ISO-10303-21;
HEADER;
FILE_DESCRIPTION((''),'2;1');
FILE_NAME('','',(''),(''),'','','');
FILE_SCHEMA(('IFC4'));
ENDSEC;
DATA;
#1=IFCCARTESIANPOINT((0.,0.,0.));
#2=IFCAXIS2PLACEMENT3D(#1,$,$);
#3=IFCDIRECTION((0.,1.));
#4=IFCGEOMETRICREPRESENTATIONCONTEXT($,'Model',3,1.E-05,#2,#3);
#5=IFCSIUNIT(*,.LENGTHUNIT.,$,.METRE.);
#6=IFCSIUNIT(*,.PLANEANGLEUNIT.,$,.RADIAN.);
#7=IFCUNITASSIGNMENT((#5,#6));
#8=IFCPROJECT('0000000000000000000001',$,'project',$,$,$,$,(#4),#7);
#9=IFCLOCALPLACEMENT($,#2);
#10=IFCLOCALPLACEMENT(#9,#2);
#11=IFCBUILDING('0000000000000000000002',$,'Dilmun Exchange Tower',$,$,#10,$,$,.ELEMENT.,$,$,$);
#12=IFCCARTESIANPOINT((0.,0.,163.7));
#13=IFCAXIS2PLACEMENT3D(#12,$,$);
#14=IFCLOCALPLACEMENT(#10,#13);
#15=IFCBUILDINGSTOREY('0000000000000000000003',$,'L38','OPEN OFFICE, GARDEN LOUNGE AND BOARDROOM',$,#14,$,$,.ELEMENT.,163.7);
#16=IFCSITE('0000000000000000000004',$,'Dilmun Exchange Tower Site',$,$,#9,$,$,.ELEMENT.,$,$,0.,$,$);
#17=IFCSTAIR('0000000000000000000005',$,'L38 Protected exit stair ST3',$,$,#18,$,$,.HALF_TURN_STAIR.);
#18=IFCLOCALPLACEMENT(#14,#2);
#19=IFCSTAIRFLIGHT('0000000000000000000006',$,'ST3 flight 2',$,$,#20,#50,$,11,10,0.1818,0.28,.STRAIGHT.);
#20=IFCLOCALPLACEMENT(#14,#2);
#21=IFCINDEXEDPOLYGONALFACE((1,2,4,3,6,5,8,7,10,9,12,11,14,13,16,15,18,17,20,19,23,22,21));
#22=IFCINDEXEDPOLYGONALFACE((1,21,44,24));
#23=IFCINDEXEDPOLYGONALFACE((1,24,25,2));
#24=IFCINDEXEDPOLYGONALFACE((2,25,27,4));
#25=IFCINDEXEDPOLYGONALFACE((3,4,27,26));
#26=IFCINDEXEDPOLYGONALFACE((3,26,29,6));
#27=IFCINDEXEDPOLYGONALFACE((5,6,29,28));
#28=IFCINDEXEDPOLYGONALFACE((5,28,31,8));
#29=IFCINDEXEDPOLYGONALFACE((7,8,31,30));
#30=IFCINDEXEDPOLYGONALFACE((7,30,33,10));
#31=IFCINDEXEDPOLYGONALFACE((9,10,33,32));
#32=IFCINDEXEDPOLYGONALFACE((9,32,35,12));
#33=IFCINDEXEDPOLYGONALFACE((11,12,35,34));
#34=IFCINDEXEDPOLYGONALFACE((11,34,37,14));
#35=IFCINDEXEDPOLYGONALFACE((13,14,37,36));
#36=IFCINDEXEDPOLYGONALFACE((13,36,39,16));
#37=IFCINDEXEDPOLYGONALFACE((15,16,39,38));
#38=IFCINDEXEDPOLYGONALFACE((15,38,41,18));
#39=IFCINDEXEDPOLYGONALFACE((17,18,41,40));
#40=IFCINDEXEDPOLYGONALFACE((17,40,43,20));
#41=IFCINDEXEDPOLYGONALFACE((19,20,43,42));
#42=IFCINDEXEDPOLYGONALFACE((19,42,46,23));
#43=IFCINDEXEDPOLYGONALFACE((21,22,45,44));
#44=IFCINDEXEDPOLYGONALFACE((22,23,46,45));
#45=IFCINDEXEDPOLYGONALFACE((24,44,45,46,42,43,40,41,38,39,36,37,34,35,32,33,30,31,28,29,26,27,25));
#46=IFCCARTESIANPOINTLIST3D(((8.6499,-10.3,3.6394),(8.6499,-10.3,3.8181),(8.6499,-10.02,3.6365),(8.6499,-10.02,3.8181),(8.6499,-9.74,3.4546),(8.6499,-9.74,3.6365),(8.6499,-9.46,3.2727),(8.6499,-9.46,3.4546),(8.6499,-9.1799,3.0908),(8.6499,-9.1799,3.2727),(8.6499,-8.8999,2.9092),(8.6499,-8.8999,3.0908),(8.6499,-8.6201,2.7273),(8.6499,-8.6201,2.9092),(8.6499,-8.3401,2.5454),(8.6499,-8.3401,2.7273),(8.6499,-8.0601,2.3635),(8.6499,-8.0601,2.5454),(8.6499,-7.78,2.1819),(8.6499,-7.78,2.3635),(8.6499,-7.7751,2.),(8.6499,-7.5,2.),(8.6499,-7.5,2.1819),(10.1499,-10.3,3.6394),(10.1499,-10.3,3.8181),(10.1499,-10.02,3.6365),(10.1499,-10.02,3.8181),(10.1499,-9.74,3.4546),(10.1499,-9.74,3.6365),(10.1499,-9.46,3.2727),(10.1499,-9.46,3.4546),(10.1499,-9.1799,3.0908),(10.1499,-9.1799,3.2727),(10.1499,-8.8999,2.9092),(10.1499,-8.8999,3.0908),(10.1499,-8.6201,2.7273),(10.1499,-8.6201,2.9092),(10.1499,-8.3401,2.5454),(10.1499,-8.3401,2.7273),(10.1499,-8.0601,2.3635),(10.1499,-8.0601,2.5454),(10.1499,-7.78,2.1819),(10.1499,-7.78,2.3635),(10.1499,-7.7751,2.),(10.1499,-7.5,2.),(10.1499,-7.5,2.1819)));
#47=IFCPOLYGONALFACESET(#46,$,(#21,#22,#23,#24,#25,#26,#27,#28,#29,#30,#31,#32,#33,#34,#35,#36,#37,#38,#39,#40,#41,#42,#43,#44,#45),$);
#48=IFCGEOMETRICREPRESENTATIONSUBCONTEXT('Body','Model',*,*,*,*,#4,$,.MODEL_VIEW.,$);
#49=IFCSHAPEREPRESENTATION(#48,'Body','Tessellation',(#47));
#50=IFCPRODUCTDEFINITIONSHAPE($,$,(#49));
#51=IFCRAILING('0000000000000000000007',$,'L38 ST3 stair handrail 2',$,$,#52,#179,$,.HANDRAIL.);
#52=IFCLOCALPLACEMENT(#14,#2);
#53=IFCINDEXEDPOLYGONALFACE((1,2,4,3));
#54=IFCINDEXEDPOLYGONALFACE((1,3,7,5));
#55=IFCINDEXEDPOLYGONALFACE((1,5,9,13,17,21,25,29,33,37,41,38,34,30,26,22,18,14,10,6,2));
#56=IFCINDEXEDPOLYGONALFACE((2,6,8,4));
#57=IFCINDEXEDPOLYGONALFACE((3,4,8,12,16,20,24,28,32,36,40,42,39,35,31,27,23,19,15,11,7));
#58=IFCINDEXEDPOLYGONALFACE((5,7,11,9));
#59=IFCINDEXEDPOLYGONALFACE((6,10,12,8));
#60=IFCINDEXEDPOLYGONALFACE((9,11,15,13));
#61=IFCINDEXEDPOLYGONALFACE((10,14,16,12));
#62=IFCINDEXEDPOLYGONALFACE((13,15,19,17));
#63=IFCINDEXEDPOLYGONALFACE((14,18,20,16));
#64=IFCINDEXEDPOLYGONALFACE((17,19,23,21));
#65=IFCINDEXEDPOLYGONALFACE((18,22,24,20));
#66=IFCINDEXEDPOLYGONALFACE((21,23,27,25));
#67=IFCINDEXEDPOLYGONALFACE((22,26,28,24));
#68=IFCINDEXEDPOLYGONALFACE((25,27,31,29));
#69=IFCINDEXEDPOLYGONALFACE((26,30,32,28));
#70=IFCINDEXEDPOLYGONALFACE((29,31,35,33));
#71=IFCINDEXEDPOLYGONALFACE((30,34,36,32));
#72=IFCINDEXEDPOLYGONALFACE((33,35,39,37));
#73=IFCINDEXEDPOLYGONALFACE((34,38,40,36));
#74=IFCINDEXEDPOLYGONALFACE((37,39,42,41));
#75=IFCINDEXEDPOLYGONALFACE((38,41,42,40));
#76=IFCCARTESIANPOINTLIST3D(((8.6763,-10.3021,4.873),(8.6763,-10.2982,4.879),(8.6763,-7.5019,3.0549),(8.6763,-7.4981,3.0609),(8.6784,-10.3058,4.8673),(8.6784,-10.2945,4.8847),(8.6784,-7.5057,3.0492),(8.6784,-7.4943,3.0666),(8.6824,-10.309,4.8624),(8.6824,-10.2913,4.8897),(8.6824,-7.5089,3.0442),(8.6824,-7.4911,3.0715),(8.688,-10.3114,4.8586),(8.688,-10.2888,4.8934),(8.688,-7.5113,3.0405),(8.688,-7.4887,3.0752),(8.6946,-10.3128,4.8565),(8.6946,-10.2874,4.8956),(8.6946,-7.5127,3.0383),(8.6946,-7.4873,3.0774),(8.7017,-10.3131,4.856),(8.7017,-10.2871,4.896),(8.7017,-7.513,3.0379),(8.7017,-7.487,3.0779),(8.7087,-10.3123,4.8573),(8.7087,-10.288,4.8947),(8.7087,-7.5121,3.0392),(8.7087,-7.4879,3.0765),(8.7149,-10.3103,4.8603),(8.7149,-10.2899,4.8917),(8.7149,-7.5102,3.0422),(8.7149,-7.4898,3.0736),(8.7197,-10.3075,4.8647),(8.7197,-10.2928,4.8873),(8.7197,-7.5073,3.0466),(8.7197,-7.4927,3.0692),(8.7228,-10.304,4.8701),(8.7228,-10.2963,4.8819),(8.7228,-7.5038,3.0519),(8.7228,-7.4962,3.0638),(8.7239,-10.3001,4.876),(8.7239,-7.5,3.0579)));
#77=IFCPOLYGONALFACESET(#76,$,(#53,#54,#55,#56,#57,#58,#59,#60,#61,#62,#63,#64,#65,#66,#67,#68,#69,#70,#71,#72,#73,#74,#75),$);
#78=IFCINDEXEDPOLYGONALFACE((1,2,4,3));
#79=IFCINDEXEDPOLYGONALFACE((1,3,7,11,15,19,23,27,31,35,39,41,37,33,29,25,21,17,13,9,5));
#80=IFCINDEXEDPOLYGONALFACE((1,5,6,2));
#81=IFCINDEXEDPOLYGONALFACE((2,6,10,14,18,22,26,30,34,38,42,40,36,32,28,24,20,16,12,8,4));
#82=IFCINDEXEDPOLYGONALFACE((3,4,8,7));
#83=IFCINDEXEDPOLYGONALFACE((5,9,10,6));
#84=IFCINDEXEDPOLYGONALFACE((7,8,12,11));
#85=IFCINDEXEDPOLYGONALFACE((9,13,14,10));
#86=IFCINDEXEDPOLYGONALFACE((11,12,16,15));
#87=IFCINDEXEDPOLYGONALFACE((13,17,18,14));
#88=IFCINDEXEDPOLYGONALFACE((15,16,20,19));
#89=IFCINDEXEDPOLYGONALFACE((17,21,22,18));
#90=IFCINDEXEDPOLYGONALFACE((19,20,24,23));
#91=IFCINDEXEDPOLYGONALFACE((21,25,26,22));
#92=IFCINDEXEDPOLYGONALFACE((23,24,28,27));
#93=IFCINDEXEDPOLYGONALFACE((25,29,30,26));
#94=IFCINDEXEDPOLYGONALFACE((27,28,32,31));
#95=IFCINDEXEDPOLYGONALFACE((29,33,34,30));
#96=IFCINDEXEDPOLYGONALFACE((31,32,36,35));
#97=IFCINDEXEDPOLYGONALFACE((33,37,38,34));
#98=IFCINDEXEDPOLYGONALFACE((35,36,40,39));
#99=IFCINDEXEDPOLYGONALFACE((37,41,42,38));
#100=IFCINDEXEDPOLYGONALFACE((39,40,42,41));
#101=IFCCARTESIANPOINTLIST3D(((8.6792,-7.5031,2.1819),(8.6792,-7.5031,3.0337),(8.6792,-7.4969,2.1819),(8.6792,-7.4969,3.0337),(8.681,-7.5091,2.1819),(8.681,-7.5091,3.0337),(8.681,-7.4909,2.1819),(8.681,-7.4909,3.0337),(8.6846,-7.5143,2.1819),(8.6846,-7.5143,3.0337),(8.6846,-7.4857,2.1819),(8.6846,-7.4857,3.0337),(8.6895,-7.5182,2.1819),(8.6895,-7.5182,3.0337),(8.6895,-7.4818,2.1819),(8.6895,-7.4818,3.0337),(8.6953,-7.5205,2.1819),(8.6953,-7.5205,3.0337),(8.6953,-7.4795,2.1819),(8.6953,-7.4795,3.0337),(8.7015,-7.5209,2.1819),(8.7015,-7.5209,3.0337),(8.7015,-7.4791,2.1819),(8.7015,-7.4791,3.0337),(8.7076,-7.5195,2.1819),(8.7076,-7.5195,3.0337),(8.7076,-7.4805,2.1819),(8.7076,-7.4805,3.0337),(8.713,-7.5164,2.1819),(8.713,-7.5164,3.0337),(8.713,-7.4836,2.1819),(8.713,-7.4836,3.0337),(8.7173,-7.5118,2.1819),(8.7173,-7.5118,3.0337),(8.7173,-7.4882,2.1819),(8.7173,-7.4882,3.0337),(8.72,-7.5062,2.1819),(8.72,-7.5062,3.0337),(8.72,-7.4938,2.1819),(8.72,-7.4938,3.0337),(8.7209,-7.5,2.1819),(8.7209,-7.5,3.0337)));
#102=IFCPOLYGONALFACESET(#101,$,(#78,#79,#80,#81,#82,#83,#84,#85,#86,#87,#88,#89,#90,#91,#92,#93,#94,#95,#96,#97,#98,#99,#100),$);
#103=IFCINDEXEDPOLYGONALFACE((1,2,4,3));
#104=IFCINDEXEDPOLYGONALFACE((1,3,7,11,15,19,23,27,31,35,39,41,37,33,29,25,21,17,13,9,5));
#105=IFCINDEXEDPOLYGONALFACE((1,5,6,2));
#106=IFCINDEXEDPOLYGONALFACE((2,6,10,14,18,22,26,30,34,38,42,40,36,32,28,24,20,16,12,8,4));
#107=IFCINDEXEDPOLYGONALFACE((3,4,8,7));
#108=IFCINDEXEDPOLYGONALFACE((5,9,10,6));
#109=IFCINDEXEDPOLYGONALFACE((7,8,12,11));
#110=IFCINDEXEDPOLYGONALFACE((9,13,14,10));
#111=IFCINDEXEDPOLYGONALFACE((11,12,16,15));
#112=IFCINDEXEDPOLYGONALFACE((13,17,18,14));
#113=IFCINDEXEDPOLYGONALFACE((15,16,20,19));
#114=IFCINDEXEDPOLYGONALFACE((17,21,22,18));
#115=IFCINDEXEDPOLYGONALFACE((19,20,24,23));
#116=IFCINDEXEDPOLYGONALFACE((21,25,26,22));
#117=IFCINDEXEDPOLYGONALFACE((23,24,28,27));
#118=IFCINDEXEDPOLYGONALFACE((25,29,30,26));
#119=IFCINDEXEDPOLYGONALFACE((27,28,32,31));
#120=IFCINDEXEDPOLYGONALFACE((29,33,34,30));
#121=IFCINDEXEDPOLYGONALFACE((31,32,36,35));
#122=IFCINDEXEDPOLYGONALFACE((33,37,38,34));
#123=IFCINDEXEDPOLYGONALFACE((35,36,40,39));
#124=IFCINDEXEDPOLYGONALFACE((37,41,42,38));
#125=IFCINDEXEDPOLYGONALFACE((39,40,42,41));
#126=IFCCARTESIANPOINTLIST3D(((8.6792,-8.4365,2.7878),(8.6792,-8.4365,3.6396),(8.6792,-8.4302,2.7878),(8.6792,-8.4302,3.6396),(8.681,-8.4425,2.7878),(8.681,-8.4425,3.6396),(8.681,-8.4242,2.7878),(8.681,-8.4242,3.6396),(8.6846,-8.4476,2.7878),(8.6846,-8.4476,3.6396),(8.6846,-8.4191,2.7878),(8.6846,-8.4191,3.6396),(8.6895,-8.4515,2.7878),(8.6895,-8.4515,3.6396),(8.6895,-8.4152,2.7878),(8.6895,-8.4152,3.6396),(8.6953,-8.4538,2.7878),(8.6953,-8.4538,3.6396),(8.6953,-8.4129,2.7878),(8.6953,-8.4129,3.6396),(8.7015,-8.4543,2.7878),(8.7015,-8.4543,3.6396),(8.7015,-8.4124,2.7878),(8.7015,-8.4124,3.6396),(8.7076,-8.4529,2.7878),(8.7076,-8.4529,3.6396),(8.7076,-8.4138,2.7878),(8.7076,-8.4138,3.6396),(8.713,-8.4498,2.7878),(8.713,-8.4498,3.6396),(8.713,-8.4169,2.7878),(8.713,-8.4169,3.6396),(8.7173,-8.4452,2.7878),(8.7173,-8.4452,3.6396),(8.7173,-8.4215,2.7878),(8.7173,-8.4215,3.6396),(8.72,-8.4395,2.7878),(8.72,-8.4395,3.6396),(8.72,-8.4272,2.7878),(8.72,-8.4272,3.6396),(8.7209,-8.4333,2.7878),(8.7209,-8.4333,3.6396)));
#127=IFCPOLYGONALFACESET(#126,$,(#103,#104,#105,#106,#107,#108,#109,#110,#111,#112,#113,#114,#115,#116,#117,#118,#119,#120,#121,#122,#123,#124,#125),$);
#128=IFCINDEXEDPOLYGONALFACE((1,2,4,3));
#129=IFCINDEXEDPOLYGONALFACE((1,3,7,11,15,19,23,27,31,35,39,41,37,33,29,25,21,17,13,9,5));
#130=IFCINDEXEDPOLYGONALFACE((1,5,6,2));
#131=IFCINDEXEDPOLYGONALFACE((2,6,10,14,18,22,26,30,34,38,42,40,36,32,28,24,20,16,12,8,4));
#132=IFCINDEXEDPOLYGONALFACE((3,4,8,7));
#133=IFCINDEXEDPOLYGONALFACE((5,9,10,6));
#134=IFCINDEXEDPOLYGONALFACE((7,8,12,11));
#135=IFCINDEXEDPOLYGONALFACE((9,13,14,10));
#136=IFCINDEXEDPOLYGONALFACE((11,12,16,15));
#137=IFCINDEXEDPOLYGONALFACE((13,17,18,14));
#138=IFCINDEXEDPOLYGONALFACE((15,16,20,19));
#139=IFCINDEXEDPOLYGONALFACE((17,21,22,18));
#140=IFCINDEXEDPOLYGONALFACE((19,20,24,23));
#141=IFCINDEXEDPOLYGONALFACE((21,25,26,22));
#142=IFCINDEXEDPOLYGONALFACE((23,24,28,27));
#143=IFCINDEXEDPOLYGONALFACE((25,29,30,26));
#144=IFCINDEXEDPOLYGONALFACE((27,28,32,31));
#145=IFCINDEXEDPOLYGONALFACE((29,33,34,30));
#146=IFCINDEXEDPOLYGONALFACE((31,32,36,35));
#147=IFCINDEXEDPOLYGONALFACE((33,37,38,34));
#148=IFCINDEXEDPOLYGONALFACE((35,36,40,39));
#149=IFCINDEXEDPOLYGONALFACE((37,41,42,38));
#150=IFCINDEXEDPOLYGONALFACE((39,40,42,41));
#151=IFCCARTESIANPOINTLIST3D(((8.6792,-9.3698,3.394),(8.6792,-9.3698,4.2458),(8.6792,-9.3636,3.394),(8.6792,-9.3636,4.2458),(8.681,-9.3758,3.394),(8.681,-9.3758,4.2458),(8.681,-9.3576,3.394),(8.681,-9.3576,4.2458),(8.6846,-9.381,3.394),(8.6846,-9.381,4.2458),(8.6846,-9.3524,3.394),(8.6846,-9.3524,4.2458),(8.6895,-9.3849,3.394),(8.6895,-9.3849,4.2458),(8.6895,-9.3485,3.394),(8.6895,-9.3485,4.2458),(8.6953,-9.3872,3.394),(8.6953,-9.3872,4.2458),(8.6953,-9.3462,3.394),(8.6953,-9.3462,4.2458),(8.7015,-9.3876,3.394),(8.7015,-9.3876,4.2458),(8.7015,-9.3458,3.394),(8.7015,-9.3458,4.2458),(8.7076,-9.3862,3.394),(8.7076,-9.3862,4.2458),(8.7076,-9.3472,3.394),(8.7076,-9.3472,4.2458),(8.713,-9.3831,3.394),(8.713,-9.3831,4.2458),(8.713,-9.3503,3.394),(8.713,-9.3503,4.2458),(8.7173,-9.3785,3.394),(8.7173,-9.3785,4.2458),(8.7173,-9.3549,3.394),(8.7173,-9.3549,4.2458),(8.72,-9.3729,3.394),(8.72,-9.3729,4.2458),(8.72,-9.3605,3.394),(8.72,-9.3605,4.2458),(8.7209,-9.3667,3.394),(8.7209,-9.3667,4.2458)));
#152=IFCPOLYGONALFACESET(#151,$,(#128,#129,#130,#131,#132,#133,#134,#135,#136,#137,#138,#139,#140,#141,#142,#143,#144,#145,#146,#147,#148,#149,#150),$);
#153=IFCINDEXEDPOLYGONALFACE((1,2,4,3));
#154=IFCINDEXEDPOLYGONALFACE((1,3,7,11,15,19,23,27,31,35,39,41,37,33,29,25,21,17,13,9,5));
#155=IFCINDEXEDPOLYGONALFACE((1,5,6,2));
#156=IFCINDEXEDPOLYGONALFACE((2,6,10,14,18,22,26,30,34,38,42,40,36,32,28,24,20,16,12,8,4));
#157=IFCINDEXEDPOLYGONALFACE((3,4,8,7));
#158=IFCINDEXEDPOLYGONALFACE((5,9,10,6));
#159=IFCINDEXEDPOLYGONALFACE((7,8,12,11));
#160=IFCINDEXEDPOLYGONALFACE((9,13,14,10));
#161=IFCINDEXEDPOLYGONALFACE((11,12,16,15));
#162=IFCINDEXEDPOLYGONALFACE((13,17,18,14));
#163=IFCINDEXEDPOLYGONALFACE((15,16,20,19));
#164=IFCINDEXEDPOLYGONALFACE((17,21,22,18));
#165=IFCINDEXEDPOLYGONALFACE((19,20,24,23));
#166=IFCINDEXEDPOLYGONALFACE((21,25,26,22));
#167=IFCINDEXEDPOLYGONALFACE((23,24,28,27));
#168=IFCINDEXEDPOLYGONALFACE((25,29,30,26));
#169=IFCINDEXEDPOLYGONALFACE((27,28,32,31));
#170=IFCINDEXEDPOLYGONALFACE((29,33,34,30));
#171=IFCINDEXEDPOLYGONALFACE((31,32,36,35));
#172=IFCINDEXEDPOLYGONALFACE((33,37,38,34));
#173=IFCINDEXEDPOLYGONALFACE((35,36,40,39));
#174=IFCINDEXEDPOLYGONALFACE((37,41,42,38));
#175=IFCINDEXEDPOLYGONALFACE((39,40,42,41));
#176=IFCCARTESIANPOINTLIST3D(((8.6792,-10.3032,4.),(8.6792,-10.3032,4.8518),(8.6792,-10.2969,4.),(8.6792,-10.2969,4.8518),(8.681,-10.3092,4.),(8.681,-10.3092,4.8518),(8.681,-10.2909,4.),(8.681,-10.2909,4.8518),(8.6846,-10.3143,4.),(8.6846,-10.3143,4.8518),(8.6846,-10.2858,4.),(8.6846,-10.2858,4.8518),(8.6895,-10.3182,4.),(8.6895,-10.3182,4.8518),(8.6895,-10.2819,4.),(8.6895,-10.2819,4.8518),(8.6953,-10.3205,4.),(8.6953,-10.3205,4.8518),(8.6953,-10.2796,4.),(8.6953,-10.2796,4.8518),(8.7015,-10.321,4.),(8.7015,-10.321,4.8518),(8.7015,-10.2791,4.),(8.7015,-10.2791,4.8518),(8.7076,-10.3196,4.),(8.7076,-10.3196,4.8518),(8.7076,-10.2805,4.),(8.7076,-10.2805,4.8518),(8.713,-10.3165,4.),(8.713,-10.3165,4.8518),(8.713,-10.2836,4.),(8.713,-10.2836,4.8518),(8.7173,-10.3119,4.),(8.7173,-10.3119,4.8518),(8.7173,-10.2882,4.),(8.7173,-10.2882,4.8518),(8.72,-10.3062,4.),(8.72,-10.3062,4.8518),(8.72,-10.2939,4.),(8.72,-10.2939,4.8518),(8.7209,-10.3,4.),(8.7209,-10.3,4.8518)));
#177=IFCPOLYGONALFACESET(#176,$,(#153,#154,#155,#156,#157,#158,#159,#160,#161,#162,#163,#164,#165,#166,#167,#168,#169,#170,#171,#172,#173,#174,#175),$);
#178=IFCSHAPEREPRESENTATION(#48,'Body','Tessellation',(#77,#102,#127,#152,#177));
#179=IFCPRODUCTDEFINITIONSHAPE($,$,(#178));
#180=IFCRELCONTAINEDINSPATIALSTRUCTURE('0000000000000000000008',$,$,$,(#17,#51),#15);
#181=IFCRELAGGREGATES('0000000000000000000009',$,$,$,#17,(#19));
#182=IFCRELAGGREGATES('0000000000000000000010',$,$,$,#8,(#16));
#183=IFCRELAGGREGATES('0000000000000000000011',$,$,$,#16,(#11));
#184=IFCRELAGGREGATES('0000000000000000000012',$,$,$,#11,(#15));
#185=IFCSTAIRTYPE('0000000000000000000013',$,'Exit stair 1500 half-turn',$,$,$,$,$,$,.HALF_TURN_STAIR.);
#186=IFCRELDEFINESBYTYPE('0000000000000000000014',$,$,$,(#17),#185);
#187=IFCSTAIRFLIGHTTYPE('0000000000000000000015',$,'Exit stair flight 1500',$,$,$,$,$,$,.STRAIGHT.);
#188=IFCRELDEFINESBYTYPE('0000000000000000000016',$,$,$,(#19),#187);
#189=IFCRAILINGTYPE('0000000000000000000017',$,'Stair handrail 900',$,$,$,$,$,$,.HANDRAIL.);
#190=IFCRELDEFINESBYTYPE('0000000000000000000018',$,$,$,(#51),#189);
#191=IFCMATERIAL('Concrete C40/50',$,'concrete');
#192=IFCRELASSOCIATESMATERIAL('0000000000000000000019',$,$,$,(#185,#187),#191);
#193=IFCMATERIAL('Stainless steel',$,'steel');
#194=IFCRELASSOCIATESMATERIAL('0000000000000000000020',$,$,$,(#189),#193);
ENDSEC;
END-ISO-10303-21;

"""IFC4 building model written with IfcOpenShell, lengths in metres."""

from ifc_helpers import new_model, si_unit, direction, frame, origin, origin_2d, place, context, subcontext, project, spatial, polyline, circle, outline, extrude, material, type_object, element, aggregate, save


model = new_model("IFC4")

# Units and contexts
model_context = context("Model", 3, precision=1e-05, world=origin(), true_north=direction((0.0, 1.0)))
body_context = subcontext(model_context, "Body", "Model", "MODEL_VIEW")
ifc_project = project(units=[si_unit("LENGTHUNIT", "METRE"), si_unit("PLANEANGLEUNIT", "RADIAN")], contexts=[model_context])

# Site, building, storey
site_placement = place(None, origin())
site = spatial("IfcSite", under=ifc_project, at=site_placement, Name="Dilmun Exchange Tower Site", CompositionType="ELEMENT", RefElevation=0.0)
building_placement = place(site_placement, origin())
building = spatial("IfcBuilding", under=site, at=building_placement, Name="Dilmun Exchange Tower", CompositionType="ELEMENT")
storey_placement = place(building_placement, frame((0.0, 0.0, 163.7)))
storey = spatial("IfcBuildingStorey", under=building, at=storey_placement, Name="L38", Description="OPEN OFFICE, GARDEN LOUNGE AND BOARDROOM", CompositionType="ELEMENT", Elevation=163.7)

# Shared definitions
ifc_material_1 = material(Name="Concrete C40/50", Category="concrete")

# Stair, stair flight
stair_type = type_object("IfcStairType", Name="Exit stair 1500 half-turn", PredefinedType="HALF_TURN_STAIR", material=ifc_material_1)
stair_placement = place(storey_placement, origin())
stair = element("IfcStair", 1, at=stair_placement, inside=storey, type_object=stair_type, Name="L38 Protected exit stair ST3", PredefinedType="HALF_TURN_STAIR")
stair_flight_type = type_object("IfcStairFlightType", Name="Exit stair flight 1500", PredefinedType="STRAIGHT", material=ifc_material_1)
stair_flight_1_placement = place(storey_placement, frame((9.3999, -7.5, 2.0), z_axis=(0.0, 0.0, 1.0), x_axis=(0.0, -1.0, 0.0)))
stair_flight_1 = element("IfcStairFlight", 2, at=stair_flight_1_placement, type_object=stair_flight_type, Name="ST3 flight 2", NumberOfRisers=11, NumberOfTreads=10, PredefinedType="STRAIGHT", RiserHeight=0.1818, TreadLength=0.28, context=body_context, shape_type="SweptSolid", body=[
    extrude(outline(polyline([(0.0, 0.0), (0.0, 0.1819), (0.28, 0.1819), (0.28, 0.3635), (0.5601, 0.3635), (0.5601, 0.5454), (0.8401, 0.5454), (0.8401, 0.7273), (1.1201, 0.7273), (1.1201, 0.9092), (1.3999, 0.9092), (1.3999, 1.0908), (1.6799, 1.0908), (1.6799, 1.2727), (1.96, 1.2727), (1.96, 1.4546), (2.24, 1.4546), (2.24, 1.6365), (2.52, 1.6365), (2.52, 1.8181), (2.8, 1.8181), (2.8, 2.0), (2.8, 1.6394), (0.2751, 0.0), (0.0, 0.0)])), frame((0.0, 0.75, 0.0), z_axis=(0.0, -1.0, 0.0), x_axis=(1.0, 0.0, 0.0)), (0.0, 0.0, 1.0), 1.5),
])
aggregate(stair, [stair_flight_1])

# Railing
ifc_material_2 = material(Name="Stainless steel", Category="steel")
railing_type = type_object("IfcRailingType", Name="Stair handrail 900", PredefinedType="HANDRAIL", material=ifc_material_2)
railing_placement = place(storey_placement, frame((8.7, -7.5, 2.1819)))
element("IfcRailing", 3, at=railing_placement, inside=storey, type_object=railing_type, Name="L38 ST3 stair handrail 2", PredefinedType="HANDRAIL", context=body_context, shape_type="SweptSolid", body=[
    extrude(circle(Radius=0.0239, at=origin_2d()), frame((0.0, 0.0, 0.876), z_axis=(0.0, -0.838706, 0.544585), x_axis=(1.0, 0.0, 0.0)), (0.0, 0.0, 1.0), 3.3386),
    extrude(circle(Radius=0.021, at=origin_2d()), origin(), (0.0, 0.0, 1.0), 0.8518),
    extrude(circle(Radius=0.021, at=origin_2d()), frame((0.0, -0.9333, 0.606)), (0.0, 0.0, 1.0), 0.8518),
    extrude(circle(Radius=0.021, at=origin_2d()), frame((0.0, -1.8667, 1.2122)), (0.0, 0.0, 1.0), 0.8518),
    extrude(circle(Radius=0.021, at=origin_2d()), frame((0.0, -2.8, 1.8181)), (0.0, 0.0, 1.0), 0.8518),
])

save(model, "model.ifc")
